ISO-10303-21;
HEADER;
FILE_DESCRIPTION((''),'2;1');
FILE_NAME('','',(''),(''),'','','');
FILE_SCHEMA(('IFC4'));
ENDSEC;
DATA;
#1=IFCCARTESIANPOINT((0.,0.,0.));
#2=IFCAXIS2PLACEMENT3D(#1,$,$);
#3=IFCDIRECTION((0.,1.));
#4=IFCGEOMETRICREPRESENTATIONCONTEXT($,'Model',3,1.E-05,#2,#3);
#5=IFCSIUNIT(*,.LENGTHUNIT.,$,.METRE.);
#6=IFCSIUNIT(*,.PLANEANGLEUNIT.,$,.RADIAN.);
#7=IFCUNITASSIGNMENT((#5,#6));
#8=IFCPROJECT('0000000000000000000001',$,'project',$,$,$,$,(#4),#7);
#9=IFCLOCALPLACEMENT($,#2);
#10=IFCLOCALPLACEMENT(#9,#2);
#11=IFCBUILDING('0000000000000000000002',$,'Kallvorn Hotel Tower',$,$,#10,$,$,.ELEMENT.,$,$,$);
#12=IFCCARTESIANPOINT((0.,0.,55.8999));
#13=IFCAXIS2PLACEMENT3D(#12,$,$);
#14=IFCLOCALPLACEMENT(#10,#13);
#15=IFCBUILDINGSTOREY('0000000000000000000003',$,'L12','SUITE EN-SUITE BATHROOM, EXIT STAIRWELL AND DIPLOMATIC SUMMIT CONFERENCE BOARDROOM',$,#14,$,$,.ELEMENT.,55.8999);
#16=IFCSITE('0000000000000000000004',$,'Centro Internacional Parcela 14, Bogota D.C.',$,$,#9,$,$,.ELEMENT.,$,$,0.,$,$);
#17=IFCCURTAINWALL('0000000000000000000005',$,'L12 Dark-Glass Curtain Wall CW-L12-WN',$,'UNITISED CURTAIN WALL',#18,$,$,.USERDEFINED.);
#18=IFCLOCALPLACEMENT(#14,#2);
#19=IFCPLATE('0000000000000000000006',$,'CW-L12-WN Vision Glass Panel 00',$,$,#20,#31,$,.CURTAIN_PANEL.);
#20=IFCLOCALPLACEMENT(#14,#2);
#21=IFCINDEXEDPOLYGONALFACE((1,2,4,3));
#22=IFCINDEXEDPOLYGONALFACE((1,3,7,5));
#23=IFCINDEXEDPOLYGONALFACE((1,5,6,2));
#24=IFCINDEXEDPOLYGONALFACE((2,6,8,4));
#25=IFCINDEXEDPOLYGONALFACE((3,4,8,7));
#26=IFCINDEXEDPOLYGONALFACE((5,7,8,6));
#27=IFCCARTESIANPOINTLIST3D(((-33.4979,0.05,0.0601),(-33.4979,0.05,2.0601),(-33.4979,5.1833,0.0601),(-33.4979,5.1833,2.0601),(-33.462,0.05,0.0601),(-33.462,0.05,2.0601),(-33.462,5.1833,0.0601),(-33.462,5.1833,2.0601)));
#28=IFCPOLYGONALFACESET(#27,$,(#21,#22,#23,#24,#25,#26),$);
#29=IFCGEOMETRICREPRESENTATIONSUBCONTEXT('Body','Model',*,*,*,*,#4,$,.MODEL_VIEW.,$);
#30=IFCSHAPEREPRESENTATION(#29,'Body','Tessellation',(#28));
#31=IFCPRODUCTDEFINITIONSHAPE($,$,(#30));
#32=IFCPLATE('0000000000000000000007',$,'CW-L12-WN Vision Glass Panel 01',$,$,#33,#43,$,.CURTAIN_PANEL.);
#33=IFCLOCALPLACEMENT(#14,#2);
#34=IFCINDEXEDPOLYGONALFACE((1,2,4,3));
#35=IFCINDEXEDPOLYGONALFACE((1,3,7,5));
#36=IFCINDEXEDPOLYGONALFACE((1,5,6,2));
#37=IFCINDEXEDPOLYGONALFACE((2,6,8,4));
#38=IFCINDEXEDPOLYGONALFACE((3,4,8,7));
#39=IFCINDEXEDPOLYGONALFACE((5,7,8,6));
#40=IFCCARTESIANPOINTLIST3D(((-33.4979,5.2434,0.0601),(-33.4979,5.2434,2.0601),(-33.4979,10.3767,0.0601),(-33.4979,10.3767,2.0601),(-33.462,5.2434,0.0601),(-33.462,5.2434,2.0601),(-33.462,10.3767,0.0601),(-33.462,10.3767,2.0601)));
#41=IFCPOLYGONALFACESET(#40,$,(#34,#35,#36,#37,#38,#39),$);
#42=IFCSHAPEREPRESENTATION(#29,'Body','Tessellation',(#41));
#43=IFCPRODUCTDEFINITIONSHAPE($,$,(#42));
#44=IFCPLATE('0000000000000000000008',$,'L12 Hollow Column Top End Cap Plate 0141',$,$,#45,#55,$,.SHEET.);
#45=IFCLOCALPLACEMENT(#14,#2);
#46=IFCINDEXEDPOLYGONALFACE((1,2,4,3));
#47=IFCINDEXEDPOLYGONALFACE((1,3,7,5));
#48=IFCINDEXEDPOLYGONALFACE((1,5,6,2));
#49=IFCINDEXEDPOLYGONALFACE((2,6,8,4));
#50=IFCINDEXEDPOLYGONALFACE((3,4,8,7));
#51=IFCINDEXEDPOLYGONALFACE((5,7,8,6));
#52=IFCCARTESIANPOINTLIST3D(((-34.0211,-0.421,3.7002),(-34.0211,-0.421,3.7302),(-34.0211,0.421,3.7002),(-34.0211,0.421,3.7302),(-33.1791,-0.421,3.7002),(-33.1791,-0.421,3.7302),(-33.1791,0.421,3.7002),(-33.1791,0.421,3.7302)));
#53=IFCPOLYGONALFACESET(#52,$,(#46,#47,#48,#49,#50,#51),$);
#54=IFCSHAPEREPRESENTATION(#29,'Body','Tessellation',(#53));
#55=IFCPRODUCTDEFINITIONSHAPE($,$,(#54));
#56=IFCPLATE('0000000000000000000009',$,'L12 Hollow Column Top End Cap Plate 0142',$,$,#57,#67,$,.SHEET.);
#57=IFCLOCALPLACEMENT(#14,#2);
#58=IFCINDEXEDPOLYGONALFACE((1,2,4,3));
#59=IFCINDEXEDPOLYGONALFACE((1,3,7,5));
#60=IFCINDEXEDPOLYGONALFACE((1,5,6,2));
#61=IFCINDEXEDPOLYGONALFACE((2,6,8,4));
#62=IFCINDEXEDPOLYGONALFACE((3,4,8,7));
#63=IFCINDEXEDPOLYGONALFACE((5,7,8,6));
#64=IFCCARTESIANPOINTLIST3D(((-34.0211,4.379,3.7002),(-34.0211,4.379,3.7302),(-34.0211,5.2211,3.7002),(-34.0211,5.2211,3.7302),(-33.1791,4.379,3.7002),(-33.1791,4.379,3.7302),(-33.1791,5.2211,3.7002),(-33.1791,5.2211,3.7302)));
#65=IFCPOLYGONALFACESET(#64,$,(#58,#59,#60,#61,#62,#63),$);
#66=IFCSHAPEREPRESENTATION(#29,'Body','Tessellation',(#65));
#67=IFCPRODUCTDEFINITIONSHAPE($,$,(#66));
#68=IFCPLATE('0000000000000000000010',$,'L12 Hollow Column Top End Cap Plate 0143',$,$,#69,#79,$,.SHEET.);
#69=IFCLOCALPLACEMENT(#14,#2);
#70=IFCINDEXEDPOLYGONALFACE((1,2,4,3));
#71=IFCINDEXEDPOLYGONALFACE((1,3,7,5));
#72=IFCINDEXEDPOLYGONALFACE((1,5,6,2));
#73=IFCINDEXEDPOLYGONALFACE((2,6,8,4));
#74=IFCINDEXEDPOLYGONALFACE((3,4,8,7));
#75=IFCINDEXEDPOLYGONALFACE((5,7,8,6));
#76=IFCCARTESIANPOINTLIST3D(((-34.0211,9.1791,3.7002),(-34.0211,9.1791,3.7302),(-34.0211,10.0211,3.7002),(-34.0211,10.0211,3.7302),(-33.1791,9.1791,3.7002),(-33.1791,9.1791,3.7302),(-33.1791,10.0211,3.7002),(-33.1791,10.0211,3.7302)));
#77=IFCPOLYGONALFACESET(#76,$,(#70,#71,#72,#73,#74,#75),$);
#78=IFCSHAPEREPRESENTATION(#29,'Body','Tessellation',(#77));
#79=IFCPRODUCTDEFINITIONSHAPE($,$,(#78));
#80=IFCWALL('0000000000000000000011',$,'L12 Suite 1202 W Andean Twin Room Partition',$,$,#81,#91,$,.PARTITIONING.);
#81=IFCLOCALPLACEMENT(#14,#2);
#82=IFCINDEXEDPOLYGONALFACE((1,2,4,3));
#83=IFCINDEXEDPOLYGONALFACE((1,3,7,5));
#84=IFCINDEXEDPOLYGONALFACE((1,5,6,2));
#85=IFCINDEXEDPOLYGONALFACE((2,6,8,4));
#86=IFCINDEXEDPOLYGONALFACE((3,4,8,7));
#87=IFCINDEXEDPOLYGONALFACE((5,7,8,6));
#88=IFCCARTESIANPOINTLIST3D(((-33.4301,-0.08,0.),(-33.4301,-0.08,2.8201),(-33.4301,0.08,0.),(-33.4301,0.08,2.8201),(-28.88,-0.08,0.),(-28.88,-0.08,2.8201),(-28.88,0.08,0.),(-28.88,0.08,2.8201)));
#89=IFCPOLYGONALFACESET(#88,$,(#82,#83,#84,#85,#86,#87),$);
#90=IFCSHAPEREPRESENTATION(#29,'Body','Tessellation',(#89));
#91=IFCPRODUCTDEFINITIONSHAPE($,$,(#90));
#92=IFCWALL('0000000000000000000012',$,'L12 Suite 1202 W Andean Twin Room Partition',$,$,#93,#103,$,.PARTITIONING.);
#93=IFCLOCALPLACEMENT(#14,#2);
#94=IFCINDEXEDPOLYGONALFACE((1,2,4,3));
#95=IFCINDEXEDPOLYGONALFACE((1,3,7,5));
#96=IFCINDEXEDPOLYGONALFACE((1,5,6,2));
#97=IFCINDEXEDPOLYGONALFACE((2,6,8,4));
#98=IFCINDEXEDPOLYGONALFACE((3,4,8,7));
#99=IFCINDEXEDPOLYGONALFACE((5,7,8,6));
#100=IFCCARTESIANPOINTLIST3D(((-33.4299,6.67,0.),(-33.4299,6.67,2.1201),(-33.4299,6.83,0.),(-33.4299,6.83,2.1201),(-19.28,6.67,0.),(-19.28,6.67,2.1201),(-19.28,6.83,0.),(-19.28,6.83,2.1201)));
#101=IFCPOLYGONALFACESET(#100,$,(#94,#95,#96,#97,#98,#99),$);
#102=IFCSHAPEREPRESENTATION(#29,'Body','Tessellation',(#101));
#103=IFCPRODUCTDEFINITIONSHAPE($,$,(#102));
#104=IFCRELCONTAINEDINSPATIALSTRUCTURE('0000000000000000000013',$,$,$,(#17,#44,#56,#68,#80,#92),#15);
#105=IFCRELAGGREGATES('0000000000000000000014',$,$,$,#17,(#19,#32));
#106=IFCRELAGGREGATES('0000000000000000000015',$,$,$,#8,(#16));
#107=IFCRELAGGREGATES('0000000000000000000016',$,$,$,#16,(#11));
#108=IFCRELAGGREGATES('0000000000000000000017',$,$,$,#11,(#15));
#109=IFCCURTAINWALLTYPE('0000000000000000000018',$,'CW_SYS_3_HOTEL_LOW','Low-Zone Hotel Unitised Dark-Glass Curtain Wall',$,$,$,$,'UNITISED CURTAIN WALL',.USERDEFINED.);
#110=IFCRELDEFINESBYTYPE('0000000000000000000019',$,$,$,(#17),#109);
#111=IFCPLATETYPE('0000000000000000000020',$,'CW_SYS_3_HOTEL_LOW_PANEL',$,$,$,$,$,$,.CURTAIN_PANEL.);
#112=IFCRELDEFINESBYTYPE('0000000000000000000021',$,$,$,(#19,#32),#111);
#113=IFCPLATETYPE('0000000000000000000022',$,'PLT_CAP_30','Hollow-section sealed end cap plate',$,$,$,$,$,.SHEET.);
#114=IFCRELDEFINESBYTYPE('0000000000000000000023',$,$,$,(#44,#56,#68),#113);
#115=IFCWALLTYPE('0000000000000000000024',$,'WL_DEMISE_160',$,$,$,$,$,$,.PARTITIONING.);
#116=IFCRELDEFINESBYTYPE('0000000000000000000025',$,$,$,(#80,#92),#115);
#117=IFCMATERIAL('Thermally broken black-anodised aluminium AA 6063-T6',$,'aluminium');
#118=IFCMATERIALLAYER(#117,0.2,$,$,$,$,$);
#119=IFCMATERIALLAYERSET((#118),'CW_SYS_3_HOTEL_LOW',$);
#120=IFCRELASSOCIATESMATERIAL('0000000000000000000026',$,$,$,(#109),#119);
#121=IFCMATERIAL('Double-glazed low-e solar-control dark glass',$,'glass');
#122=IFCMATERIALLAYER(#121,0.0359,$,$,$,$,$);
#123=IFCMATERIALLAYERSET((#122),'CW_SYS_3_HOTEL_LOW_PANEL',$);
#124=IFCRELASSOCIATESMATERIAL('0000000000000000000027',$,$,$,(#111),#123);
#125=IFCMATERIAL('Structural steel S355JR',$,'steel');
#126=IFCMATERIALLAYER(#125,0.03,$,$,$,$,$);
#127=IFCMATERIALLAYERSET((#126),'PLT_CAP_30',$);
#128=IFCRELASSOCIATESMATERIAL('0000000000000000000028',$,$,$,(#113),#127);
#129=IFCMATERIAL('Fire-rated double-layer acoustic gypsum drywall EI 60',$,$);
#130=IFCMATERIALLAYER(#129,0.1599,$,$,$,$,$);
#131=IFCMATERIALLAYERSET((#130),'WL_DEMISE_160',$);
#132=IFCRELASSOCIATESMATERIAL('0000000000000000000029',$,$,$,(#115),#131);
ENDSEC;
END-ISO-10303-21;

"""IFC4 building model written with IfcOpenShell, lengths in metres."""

from ifc_helpers import new_model, si_unit, direction, frame, frame_2d, origin, origin_2d, place, context, subcontext, project, spatial, rectangle, extrude, material, layer, layer_set, type_object, element, aggregate, save


model = new_model("IFC4")

# Units and contexts
model_context = context("Model", 3, precision=1e-05, world=origin(), true_north=direction((0.0, 1.0)))
body_context = subcontext(model_context, "Body", "Model", "MODEL_VIEW")
ifc_project = project(units=[si_unit("LENGTHUNIT", "METRE"), si_unit("PLANEANGLEUNIT", "RADIAN")], contexts=[model_context])

# Site, building, storey
site_placement = place(None, origin())
site = spatial("IfcSite", under=ifc_project, at=site_placement, Name="Centro Internacional Parcela 14, Bogota D.C.", CompositionType="ELEMENT", RefElevation=0.0)
building_placement = place(site_placement, origin())
building = spatial("IfcBuilding", under=site, at=building_placement, Name="Kallvorn Hotel Tower", CompositionType="ELEMENT")
storey_placement = place(building_placement, frame((0.0, 0.0, 55.8999)))
storey = spatial("IfcBuildingStorey", under=building, at=storey_placement, Name="L12", Description="SUITE EN-SUITE BATHROOM, EXIT STAIRWELL AND DIPLOMATIC SUMMIT CONFERENCE BOARDROOM", CompositionType="ELEMENT", Elevation=55.8999)

# Curtain wall
ifc_material_1 = material(Name="Thermally broken black-anodised aluminium AA 6063-T6", Category="aluminium")
ifc_layer_1 = layer(ifc_material_1, 0.2)
ifc_layer_set_1 = layer_set([ifc_layer_1], Name="CW_SYS_3_HOTEL_LOW")
curtain_wall_type = type_object("IfcCurtainWallType", Name="CW_SYS_3_HOTEL_LOW", Description="Low-Zone Hotel Unitised Dark-Glass Curtain Wall", ElementType="UNITISED CURTAIN WALL", PredefinedType="USERDEFINED", material=ifc_layer_set_1)
curtain_wall_placement = place(storey_placement, origin())
curtain_wall = element("IfcCurtainWall", 1, at=curtain_wall_placement, inside=storey, type_object=curtain_wall_type, Name="L12 Dark-Glass Curtain Wall CW-L12-WN", ObjectType="UNITISED CURTAIN WALL", PredefinedType="USERDEFINED")

# Plates
ifc_material_2 = material(Name="Double-glazed low-e solar-control dark glass", Category="glass")
ifc_layer_2 = layer(ifc_material_2, 0.0359)
ifc_layer_set_2 = layer_set([ifc_layer_2], Name="CW_SYS_3_HOTEL_LOW_PANEL")
plate_type_1 = type_object("IfcPlateType", Name="CW_SYS_3_HOTEL_LOW_PANEL", PredefinedType="CURTAIN_PANEL", material=ifc_layer_set_2)
plate_1_placement = place(storey_placement, frame((-33.48, 2.6167, 0.0601), z_axis=(0.0, 0.0, 1.0), x_axis=(0.0, 1.0, 0.0)))
plate_1 = element("IfcPlate", 2, at=plate_1_placement, type_object=plate_type_1, Name="CW-L12-WN Vision Glass Panel 00", PredefinedType="CURTAIN_PANEL", context=body_context, shape_type="SweptSolid", body=[
    extrude(rectangle(XDim=5.1333, YDim=0.0359, at=origin_2d()), origin(), (0.0, 0.0, 1.0), 2.0),
])
plate_2_placement = place(storey_placement, frame((-33.48, 7.8101, 0.0601), z_axis=(0.0, 0.0, 1.0), x_axis=(0.0, 1.0, 0.0)))
plate_2 = element("IfcPlate", 3, at=plate_2_placement, type_object=plate_type_1, Name="CW-L12-WN Vision Glass Panel 01", PredefinedType="CURTAIN_PANEL", context=body_context, shape_type="SweptSolid", body=[
    extrude(rectangle(XDim=5.1333, YDim=0.0359, at=origin_2d()), origin(), (0.0, 0.0, 1.0), 2.0),
])
aggregate(curtain_wall, [plate_1, plate_2])

# Plates
ifc_material_3 = material(Name="Structural steel S355JR", Category="steel")
ifc_layer_3 = layer(ifc_material_3, 0.03)
ifc_layer_set_3 = layer_set([ifc_layer_3], Name="PLT_CAP_30")
plate_type_2 = type_object("IfcPlateType", Name="PLT_CAP_30", Description="Hollow-section sealed end cap plate", PredefinedType="SHEET", material=ifc_layer_set_3)
for number, where, z_axis, x_axis, name in (
    (4, (-33.6001, 0.0, 3.7002), (0.0, 0.0, 1.0), (1.0, 0.0, 0.0), "L12 Hollow Column Top End Cap Plate 0141"),
    (5, (-33.6001, 4.8, 3.7002), (0.0, 0.0, 1.0), (1.0, 0.0, 0.0), "L12 Hollow Column Top End Cap Plate 0142"),
    (6, (-33.6001, 9.6001, 3.7002), (0.0, 0.0, 1.0), (1.0, 0.0, 0.0), "L12 Hollow Column Top End Cap Plate 0143"),
):
    element("IfcPlate", number, at=place(storey_placement, frame(where, z_axis=z_axis, x_axis=x_axis)), inside=storey, type_object=plate_type_2, Name=name, PredefinedType="SHEET", context=body_context, shape_type="SweptSolid", body=[
        extrude(rectangle(XDim=0.842, YDim=0.842, at=origin_2d()), origin(), (0.0, 0.0, 1.0), 0.03),
    ])

# Walls
ifc_material_4 = material(Name="Fire-rated double-layer acoustic gypsum drywall EI 60")
ifc_layer_4 = layer(ifc_material_4, 0.1599)
ifc_layer_set_4 = layer_set([ifc_layer_4], Name="WL_DEMISE_160")
wall_type = type_object("IfcWallType", Name="WL_DEMISE_160", PredefinedType="PARTITIONING", material=ifc_layer_set_4)
wall_1_placement = place(storey_placement, frame((-33.4299, 0.0, 0.0), z_axis=(0.0, 0.0, 1.0), x_axis=(1.0, 0.0, 0.0)))
element("IfcWall", 7, at=wall_1_placement, inside=storey, type_object=wall_type, Name="L12 Suite 1202 W Andean Twin Room Partition", PredefinedType="PARTITIONING", context=body_context, shape_type="SweptSolid", body=[
    extrude(rectangle(XDim=4.55, YDim=0.1599, at=frame_2d((2.2749, 0.0))), origin(), (0.0, 0.0, 1.0), 2.8201),
])
wall_2_placement = place(storey_placement, frame((-33.4299, 6.75, 0.0), z_axis=(0.0, 0.0, 1.0), x_axis=(1.0, 0.0, 0.0)))
element("IfcWall", 8, at=wall_2_placement, inside=storey, type_object=wall_type, Name="L12 Suite 1202 W Andean Twin Room Partition", PredefinedType="PARTITIONING", context=body_context, shape_type="SweptSolid", body=[
    extrude(rectangle(XDim=14.1499, YDim=0.1599, at=frame_2d((7.075, 0.0))), origin(), (0.0, 0.0, 1.0), 2.1201),
])

save(model, "model.ifc")
